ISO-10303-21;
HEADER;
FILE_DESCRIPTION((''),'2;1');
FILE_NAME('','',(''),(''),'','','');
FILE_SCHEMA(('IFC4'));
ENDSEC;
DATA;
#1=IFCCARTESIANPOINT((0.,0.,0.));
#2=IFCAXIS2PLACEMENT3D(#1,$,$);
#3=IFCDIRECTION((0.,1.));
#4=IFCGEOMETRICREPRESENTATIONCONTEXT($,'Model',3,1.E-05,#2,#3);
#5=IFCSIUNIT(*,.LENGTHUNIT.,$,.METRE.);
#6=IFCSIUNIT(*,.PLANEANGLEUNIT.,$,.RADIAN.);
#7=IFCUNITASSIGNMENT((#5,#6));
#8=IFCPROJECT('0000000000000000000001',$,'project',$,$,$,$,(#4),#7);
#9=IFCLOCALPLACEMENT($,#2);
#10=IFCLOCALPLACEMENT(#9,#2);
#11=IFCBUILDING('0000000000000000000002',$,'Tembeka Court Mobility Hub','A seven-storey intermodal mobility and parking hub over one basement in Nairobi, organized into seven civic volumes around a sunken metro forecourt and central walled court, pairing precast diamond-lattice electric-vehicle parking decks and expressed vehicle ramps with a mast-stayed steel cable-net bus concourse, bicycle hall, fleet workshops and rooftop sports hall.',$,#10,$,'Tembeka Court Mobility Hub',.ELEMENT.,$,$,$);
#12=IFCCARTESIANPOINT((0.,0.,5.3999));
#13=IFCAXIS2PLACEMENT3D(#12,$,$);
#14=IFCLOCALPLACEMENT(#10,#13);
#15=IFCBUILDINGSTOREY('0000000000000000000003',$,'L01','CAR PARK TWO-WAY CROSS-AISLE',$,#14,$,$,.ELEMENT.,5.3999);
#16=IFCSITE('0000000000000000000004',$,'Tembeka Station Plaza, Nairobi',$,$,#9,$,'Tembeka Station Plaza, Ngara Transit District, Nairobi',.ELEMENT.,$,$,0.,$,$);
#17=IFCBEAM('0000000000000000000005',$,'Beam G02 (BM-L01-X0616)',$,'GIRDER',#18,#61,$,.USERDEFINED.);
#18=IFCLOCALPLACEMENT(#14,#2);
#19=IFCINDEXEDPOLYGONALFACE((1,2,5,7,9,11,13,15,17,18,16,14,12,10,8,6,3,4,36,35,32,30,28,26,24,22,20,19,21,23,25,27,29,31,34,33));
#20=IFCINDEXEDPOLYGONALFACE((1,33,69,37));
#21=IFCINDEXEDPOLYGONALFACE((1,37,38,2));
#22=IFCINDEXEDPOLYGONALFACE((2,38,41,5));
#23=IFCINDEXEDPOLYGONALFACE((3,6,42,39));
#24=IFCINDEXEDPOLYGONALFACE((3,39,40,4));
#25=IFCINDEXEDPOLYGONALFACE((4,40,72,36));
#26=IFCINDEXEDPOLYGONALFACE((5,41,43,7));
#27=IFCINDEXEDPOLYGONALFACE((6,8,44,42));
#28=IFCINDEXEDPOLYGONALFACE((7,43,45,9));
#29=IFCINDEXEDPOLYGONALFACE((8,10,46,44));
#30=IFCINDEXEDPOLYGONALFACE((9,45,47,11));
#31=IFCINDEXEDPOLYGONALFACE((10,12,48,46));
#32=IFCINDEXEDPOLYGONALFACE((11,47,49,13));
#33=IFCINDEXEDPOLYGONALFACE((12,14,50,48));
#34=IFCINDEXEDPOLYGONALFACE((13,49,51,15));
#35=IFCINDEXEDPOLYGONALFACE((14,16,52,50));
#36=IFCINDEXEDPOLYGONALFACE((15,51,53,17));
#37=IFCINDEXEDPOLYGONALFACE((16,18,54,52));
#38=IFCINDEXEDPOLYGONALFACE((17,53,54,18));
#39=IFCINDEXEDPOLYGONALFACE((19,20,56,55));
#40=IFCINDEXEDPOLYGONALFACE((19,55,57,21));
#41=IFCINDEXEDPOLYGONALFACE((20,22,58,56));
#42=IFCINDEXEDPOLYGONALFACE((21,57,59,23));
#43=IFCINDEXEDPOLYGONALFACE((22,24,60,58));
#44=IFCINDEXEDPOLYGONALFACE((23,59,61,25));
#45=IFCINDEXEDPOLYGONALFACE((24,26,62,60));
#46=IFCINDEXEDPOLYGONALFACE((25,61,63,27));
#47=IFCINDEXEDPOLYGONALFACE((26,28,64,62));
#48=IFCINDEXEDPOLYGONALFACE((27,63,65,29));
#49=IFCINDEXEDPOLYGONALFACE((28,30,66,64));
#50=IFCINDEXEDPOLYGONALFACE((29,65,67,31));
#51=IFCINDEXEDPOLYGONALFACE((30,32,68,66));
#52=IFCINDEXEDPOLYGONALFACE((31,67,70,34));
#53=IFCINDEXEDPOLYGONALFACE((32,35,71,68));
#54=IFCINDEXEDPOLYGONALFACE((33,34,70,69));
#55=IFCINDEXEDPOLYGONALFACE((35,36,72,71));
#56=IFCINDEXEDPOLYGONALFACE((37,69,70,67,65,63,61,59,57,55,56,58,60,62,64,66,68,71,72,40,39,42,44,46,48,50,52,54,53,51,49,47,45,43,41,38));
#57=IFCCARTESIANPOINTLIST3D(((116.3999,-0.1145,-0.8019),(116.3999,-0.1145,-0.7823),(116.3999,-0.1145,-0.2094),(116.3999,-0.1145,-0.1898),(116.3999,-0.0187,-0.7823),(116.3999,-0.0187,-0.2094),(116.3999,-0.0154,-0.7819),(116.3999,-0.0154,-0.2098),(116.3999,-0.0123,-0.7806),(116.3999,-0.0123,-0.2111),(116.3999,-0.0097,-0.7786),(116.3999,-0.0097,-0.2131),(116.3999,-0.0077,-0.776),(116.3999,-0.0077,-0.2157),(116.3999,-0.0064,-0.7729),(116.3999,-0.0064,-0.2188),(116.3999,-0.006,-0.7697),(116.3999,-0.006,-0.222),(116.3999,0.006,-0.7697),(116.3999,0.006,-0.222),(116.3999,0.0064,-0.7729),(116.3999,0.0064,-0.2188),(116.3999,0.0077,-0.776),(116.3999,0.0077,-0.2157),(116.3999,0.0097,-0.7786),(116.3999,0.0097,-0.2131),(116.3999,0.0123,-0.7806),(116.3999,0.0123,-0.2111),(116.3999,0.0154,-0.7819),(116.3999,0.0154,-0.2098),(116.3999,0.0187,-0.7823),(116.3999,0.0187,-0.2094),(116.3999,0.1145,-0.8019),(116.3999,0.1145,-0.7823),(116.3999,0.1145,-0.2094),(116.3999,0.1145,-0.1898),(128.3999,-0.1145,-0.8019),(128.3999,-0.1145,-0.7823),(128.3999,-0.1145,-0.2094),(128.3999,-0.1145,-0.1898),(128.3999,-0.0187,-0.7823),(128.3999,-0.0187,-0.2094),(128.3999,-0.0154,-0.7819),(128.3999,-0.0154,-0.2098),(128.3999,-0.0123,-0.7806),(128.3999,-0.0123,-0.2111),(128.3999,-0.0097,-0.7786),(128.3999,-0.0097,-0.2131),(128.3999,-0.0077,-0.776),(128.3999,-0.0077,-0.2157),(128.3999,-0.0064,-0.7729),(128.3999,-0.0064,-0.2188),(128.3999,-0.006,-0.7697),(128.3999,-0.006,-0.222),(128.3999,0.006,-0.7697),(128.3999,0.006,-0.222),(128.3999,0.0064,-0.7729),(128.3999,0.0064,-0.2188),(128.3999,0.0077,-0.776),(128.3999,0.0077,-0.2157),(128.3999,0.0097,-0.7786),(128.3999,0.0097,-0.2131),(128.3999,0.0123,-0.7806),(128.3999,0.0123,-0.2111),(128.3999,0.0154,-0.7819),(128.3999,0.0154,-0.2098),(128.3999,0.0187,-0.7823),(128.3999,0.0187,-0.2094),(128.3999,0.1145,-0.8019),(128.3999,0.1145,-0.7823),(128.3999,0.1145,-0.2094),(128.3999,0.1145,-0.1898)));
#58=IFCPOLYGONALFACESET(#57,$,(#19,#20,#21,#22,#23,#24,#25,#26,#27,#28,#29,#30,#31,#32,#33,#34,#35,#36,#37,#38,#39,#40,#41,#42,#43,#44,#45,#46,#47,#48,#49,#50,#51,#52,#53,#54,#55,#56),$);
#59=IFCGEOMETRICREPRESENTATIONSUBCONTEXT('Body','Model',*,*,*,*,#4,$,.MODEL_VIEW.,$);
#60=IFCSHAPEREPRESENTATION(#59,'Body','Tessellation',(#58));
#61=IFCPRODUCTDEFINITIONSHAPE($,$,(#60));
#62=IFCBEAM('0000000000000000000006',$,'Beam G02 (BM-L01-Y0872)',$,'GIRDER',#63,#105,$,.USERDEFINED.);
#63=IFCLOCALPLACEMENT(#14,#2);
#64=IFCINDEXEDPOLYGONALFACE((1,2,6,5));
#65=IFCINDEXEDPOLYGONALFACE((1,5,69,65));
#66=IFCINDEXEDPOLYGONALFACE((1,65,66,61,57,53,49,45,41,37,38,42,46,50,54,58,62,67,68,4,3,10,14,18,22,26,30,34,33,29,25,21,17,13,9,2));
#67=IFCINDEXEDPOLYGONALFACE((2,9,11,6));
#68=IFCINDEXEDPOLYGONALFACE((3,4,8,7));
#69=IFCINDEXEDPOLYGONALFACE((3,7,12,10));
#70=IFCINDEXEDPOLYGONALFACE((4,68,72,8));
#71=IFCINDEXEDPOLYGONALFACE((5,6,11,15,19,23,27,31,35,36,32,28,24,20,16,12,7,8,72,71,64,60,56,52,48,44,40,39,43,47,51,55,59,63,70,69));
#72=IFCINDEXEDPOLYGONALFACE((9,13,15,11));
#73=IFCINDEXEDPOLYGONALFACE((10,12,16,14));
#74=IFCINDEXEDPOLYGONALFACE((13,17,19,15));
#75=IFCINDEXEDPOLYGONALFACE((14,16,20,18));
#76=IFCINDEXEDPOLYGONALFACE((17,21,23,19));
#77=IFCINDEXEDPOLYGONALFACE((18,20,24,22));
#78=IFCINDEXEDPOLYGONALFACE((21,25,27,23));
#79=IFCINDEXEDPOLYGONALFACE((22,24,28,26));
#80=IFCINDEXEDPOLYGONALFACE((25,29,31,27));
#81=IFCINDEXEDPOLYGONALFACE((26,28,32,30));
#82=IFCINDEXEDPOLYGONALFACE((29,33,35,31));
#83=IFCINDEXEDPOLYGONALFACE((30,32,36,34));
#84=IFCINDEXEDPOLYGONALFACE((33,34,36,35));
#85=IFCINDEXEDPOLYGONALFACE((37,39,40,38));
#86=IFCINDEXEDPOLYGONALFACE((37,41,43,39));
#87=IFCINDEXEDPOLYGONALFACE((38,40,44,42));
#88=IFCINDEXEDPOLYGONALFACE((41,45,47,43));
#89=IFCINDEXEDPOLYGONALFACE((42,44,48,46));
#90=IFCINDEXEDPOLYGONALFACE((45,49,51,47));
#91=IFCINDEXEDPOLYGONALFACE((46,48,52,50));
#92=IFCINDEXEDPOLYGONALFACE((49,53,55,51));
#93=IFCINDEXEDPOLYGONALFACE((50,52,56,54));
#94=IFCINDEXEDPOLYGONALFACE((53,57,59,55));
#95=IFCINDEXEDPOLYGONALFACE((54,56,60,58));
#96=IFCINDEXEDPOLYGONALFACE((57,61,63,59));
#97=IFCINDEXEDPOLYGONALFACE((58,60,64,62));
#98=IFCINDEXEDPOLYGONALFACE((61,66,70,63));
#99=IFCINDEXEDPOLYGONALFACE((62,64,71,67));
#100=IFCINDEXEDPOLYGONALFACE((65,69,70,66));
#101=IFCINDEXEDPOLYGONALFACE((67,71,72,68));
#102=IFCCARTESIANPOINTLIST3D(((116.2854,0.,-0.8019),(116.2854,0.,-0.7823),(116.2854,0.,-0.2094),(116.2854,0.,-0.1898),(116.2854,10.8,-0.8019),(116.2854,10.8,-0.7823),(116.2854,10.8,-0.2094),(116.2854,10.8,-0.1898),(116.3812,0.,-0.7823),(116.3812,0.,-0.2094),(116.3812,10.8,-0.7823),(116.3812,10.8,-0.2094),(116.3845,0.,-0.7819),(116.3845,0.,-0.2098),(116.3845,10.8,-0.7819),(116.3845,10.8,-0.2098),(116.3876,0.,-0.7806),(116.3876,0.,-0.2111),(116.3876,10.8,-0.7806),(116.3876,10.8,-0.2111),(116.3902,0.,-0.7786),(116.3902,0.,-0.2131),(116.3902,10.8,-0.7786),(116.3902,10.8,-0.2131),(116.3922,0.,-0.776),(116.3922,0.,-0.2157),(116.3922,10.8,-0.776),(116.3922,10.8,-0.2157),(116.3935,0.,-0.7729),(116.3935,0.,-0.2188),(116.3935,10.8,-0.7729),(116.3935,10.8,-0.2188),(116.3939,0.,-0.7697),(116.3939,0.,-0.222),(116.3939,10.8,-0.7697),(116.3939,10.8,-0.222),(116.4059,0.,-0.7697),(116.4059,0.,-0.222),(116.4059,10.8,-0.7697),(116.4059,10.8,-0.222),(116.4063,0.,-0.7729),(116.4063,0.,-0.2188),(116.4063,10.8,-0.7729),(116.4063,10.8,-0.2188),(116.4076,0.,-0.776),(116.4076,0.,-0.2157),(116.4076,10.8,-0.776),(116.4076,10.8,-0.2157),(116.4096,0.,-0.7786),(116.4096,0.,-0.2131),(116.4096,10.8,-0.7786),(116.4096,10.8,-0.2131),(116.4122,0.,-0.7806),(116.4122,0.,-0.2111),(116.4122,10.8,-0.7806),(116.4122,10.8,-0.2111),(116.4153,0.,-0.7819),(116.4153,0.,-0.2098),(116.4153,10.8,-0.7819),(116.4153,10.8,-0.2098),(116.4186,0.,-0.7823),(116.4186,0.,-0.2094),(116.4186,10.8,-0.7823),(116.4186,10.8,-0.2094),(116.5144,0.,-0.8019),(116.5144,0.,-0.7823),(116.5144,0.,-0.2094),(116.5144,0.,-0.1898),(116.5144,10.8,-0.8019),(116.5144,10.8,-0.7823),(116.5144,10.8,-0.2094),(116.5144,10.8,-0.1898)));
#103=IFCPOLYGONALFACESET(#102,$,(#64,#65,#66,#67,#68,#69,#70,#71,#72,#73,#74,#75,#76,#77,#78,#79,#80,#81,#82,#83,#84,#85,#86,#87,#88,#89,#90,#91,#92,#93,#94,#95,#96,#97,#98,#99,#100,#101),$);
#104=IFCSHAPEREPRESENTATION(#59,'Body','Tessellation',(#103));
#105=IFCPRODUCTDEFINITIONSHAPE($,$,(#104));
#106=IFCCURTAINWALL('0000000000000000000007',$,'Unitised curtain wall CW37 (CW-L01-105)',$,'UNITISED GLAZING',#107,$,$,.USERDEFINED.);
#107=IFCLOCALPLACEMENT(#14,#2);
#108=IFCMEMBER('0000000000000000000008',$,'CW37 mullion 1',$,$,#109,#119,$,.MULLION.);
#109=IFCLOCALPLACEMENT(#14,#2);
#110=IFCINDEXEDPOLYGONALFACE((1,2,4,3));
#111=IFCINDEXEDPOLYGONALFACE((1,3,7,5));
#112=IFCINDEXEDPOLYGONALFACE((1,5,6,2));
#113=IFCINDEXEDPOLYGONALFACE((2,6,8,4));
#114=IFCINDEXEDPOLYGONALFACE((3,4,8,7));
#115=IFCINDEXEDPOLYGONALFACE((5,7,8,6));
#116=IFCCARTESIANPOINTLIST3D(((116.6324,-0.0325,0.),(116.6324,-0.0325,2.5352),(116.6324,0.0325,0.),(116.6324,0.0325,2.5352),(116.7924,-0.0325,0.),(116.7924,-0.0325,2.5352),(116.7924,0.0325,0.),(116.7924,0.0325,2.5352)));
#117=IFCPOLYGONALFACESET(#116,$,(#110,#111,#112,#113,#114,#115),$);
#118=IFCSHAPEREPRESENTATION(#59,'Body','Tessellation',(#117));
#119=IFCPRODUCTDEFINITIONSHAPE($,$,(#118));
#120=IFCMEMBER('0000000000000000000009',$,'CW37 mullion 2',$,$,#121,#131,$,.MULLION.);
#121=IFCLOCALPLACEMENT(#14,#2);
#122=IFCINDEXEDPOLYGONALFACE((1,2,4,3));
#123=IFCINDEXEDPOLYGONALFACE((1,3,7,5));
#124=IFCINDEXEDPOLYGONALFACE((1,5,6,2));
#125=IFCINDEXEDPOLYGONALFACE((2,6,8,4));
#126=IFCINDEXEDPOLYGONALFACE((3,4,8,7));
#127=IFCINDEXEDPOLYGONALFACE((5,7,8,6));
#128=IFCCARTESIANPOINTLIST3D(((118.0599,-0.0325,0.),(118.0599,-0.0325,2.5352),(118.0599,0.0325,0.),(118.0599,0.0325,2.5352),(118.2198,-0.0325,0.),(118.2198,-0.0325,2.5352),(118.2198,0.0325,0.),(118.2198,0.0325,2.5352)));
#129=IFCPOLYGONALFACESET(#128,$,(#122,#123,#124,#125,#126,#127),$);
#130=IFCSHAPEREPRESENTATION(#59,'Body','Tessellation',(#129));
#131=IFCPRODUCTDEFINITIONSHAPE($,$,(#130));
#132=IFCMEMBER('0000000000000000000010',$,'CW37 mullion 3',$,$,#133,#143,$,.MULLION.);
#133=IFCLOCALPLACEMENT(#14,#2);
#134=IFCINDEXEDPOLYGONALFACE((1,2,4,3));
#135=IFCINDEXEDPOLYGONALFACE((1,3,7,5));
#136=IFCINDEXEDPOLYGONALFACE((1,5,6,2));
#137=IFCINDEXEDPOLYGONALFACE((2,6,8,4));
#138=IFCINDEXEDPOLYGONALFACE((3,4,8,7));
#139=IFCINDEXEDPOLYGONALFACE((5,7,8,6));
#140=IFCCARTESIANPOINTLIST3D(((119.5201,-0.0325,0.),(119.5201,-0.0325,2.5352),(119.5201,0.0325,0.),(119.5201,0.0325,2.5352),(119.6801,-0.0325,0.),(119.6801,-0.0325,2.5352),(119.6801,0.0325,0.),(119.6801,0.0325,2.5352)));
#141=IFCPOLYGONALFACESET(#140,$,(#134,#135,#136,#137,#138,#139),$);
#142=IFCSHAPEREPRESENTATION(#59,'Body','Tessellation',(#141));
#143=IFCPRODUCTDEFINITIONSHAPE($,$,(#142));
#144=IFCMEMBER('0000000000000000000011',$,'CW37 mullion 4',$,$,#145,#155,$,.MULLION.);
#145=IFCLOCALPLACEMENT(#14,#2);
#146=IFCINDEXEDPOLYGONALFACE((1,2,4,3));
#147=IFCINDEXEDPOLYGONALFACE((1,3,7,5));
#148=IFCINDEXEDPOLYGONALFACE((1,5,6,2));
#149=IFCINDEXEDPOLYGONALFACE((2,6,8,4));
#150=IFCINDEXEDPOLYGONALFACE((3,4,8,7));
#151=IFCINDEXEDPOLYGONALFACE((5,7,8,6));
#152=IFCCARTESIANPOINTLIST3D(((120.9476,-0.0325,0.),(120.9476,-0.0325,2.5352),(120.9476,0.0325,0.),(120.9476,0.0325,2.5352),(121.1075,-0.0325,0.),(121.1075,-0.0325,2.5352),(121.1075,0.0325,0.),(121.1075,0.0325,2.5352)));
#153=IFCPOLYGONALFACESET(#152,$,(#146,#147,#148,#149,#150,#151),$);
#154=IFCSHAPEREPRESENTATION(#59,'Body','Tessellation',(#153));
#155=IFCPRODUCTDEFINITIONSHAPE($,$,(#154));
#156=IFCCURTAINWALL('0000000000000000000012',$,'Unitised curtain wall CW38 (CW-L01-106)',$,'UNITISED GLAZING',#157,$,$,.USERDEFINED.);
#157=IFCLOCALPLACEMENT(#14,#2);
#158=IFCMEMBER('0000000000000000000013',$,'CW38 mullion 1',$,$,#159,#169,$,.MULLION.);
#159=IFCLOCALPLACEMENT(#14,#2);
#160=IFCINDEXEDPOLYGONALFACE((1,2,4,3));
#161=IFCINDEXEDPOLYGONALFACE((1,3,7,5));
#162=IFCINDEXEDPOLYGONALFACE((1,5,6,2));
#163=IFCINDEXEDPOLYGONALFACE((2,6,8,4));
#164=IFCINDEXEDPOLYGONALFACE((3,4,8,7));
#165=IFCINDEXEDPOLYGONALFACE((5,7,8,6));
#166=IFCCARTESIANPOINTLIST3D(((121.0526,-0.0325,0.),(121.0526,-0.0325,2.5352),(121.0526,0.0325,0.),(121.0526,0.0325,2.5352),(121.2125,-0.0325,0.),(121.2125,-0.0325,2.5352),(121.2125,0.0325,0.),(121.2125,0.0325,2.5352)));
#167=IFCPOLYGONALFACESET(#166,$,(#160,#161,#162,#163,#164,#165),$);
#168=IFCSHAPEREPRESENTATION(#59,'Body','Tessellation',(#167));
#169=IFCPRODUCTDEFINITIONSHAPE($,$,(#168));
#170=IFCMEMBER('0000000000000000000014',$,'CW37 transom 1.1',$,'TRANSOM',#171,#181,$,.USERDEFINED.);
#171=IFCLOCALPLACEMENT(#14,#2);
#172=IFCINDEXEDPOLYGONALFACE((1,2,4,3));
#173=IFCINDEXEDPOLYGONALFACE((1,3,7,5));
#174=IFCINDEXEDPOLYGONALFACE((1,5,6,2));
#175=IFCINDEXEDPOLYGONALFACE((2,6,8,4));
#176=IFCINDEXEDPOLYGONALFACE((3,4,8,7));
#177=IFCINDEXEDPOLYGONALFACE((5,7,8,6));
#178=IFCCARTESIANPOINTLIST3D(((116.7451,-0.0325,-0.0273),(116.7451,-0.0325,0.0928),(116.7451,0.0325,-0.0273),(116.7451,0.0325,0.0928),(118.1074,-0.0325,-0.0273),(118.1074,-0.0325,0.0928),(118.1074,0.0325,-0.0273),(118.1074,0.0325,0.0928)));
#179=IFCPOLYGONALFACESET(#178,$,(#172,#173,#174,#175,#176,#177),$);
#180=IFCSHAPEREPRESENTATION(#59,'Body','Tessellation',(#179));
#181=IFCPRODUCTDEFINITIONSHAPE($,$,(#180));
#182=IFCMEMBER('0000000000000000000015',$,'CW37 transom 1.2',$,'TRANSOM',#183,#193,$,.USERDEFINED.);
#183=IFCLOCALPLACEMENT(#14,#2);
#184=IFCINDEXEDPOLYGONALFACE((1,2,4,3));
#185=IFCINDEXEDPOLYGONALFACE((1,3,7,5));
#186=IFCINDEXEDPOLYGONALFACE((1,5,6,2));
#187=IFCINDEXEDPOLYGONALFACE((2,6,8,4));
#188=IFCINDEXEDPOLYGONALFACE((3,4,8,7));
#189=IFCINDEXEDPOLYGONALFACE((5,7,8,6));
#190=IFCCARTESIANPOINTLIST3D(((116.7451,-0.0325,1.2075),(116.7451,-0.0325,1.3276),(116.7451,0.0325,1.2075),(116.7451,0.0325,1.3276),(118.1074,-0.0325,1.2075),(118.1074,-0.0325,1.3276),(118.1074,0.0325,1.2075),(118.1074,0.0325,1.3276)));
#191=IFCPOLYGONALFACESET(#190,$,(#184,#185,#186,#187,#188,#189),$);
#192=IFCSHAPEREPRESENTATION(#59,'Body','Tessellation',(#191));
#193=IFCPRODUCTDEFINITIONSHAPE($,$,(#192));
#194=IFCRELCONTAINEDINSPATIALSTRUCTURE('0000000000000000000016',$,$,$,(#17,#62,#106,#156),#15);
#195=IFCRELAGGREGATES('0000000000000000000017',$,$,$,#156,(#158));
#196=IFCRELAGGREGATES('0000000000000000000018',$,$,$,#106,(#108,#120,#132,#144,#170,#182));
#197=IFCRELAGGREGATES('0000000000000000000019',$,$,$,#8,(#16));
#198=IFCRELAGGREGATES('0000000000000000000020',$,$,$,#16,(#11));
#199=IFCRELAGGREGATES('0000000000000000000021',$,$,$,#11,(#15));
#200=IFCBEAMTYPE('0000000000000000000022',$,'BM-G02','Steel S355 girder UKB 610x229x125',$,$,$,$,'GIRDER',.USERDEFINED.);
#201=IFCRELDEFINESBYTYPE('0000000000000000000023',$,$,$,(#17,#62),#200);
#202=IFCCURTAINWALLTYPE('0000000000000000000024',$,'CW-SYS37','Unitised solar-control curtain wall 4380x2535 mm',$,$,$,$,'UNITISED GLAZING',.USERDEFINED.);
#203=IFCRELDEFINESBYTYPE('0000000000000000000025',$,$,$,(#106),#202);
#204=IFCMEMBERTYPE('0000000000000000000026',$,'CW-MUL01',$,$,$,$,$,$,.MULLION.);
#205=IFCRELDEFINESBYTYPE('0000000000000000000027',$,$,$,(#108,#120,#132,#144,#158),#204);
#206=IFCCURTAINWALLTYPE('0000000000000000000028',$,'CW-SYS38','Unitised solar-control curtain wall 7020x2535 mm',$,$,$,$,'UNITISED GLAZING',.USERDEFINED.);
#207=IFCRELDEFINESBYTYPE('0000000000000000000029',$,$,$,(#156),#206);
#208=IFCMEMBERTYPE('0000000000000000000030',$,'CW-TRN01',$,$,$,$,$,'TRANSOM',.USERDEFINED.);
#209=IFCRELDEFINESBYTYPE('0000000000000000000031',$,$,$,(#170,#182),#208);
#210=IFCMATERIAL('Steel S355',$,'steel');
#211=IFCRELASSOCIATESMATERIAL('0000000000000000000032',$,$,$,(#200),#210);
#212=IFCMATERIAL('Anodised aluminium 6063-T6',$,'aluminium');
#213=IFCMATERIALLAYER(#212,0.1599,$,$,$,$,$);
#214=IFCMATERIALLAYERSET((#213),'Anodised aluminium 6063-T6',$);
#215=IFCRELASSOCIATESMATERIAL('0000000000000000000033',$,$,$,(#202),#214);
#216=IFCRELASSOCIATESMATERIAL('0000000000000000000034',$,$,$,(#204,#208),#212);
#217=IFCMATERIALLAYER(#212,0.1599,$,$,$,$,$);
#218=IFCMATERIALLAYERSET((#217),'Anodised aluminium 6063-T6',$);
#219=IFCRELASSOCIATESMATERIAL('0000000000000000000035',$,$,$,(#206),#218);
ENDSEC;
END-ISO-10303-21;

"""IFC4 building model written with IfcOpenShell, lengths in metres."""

from ifc_helpers import new_model, si_unit, direction, frame, origin, origin_2d, place, context, subcontext, project, spatial, rectangle, i_section, extrude, material, layer, layer_set, material_profile, profile_set, type_object, element, aggregate, save


model = new_model("IFC4")

# Units and contexts
model_context = context("Model", 3, precision=1e-05, world=origin(), true_north=direction((0.0, 1.0)))
body_context = subcontext(model_context, "Body", "Model", "MODEL_VIEW")
ifc_project = project(units=[si_unit("LENGTHUNIT", "METRE"), si_unit("PLANEANGLEUNIT", "RADIAN")], contexts=[model_context])

# Site, building, storey
site_placement = place(None, origin())
site = spatial("IfcSite", under=ifc_project, at=site_placement, Name="Tembeka Station Plaza, Nairobi", LongName="Tembeka Station Plaza, Ngara Transit District, Nairobi", CompositionType="ELEMENT", RefElevation=0.0)
building_placement = place(site_placement, origin())
building = spatial("IfcBuilding", under=site, at=building_placement, Name="Tembeka Court Mobility Hub", Description="A seven-storey intermodal mobility and parking hub over one basement in Nairobi, organized into seven civic volumes around a sunken metro forecourt and central walled court, pairing precast diamond-lattice electric-vehicle parking decks and expressed vehicle ramps with a mast-stayed steel cable-net bus concourse, bicycle hall, fleet workshops and rooftop sports hall.", LongName="Tembeka Court Mobility Hub", CompositionType="ELEMENT")
storey_placement = place(building_placement, frame((0.0, 0.0, 5.3999)))
storey = spatial("IfcBuildingStorey", under=building, at=storey_placement, Name="L01", Description="CAR PARK TWO-WAY CROSS-AISLE", CompositionType="ELEMENT", Elevation=5.3999)

# Beams
ifc_material_1 = material(Name="Steel S355", Category="steel")
ifc_material_profile_1 = material_profile(ifc_material_1, i_section(OverallWidth=0.229, OverallDepth=0.6121, WebThickness=0.012, FlangeThickness=0.0195, FilletRadius=0.0127, at=origin_2d()), Name="UKB 610x229x125")
ifc_profile_set_1 = profile_set([ifc_material_profile_1], Name="Steel S355")
beam_type = type_object("IfcBeamType", Name="BM-G02", Description="Steel S355 girder UKB 610x229x125", ElementType="GIRDER", PredefinedType="USERDEFINED", material=ifc_profile_set_1)
beam_1_placement = place(storey_placement, frame((116.3999, 0.0, -0.4958), z_axis=(1.0, 0.0, 0.0), x_axis=(0.0, 1.0, 0.0)))
element("IfcBeam", 1, at=beam_1_placement, inside=storey, type_object=beam_type, Name="Beam G02 (BM-L01-X0616)", ObjectType="GIRDER", PredefinedType="USERDEFINED", context=body_context, shape_type="SweptSolid", body=[
    extrude(i_section(OverallWidth=0.229, OverallDepth=0.6121, WebThickness=0.012, FlangeThickness=0.0195, FilletRadius=0.0127, at=origin_2d()), origin(), (0.0, 0.0, 1.0), 12.0),
])
beam_2_placement = place(storey_placement, frame((116.3999, 0.0, -0.4958), z_axis=(0.0, 1.0, 0.0), x_axis=(-1.0, 0.0, 0.0)))
element("IfcBeam", 2, at=beam_2_placement, inside=storey, type_object=beam_type, Name="Beam G02 (BM-L01-Y0872)", ObjectType="GIRDER", PredefinedType="USERDEFINED", context=body_context, shape_type="SweptSolid", body=[
    extrude(i_section(OverallWidth=0.229, OverallDepth=0.6121, WebThickness=0.012, FlangeThickness=0.0195, FilletRadius=0.0127, at=origin_2d()), origin(), (0.0, 0.0, 1.0), 10.8),
])

# Curtain wall, members
ifc_material_2 = material(Name="Anodised aluminium 6063-T6", Category="aluminium")
ifc_layer_1 = layer(ifc_material_2, 0.1599)
ifc_layer_set_1 = layer_set([ifc_layer_1], Name="Anodised aluminium 6063-T6")
curtain_wall_type_1 = type_object("IfcCurtainWallType", Name="CW-SYS37", Description="Unitised solar-control curtain wall 4380x2535 mm", ElementType="UNITISED GLAZING", PredefinedType="USERDEFINED", material=ifc_layer_set_1)
curtain_wall_1_placement = place(storey_placement, origin())
curtain_wall_1 = element("IfcCurtainWall", 3, at=curtain_wall_1_placement, inside=storey, type_object=curtain_wall_type_1, Name="Unitised curtain wall CW37 (CW-L01-105)", ObjectType="UNITISED GLAZING", PredefinedType="USERDEFINED")
ifc_material_profile_2 = material_profile(ifc_material_2, rectangle(XDim=0.0649, YDim=0.1599, at=origin_2d()), Name="ALU-MUL 65x160")
ifc_profile_set_2 = profile_set([ifc_material_profile_2], Name="Anodised aluminium 6063-T6")
member_type_1 = type_object("IfcMemberType", Name="CW-MUL01", PredefinedType="MULLION", material=ifc_profile_set_2)
member_1_placement = place(storey_placement, frame((116.7124, 0.0, 0.0), z_axis=(0.0, 0.0, 1.0), x_axis=(0.0, 1.0, 0.0)))
member_1 = element("IfcMember", 4, at=member_1_placement, type_object=member_type_1, Name="CW37 mullion 1", PredefinedType="MULLION", context=body_context, shape_type="SweptSolid", body=[
    extrude(rectangle(XDim=0.0649, YDim=0.1599, at=origin_2d()), origin(), (0.0, 0.0, 1.0), 2.5352),
])
member_2_placement = place(storey_placement, frame((118.1399, 0.0, 0.0), z_axis=(0.0, 0.0, 1.0), x_axis=(0.0, 1.0, 0.0)))
member_2 = element("IfcMember", 5, at=member_2_placement, type_object=member_type_1, Name="CW37 mullion 2", PredefinedType="MULLION", context=body_context, shape_type="SweptSolid", body=[
    extrude(rectangle(XDim=0.0649, YDim=0.1599, at=origin_2d()), origin(), (0.0, 0.0, 1.0), 2.5352),
])
member_3_placement = place(storey_placement, frame((119.6001, 0.0, 0.0), z_axis=(0.0, 0.0, 1.0), x_axis=(0.0, 1.0, 0.0)))
member_3 = element("IfcMember", 6, at=member_3_placement, type_object=member_type_1, Name="CW37 mullion 3", PredefinedType="MULLION", context=body_context, shape_type="SweptSolid", body=[
    extrude(rectangle(XDim=0.0649, YDim=0.1599, at=origin_2d()), origin(), (0.0, 0.0, 1.0), 2.5352),
])
member_4_placement = place(storey_placement, frame((121.0276, 0.0, 0.0), z_axis=(0.0, 0.0, 1.0), x_axis=(0.0, 1.0, 0.0)))
member_4 = element("IfcMember", 7, at=member_4_placement, type_object=member_type_1, Name="CW37 mullion 4", PredefinedType="MULLION", context=body_context, shape_type="SweptSolid", body=[
    extrude(rectangle(XDim=0.0649, YDim=0.1599, at=origin_2d()), origin(), (0.0, 0.0, 1.0), 2.5352),
])

# Curtain wall, member
ifc_layer_2 = layer(ifc_material_2, 0.1599)
ifc_layer_set_2 = layer_set([ifc_layer_2], Name="Anodised aluminium 6063-T6")
curtain_wall_type_2 = type_object("IfcCurtainWallType", Name="CW-SYS38", Description="Unitised solar-control curtain wall 7020x2535 mm", ElementType="UNITISED GLAZING", PredefinedType="USERDEFINED", material=ifc_layer_set_2)
curtain_wall_2_placement = place(storey_placement, origin())
curtain_wall_2 = element("IfcCurtainWall", 8, at=curtain_wall_2_placement, inside=storey, type_object=curtain_wall_type_2, Name="Unitised curtain wall CW38 (CW-L01-106)", ObjectType="UNITISED GLAZING", PredefinedType="USERDEFINED")
member_5_placement = place(storey_placement, frame((121.1326, 0.0, 0.0), z_axis=(0.0, 0.0, 1.0), x_axis=(0.0, 1.0, 0.0)))
member_5 = element("IfcMember", 9, at=member_5_placement, type_object=member_type_1, Name="CW38 mullion 1", PredefinedType="MULLION", context=body_context, shape_type="SweptSolid", body=[
    extrude(rectangle(XDim=0.0649, YDim=0.1599, at=origin_2d()), origin(), (0.0, 0.0, 1.0), 2.5352),
])

# Members
ifc_material_profile_3 = material_profile(ifc_material_2, rectangle(XDim=0.0649, YDim=0.1201, at=origin_2d()), Name="ALU-TRN 65x120")
ifc_profile_set_3 = profile_set([ifc_material_profile_3], Name="Anodised aluminium 6063-T6")
member_type_2 = type_object("IfcMemberType", Name="CW-TRN01", ElementType="TRANSOM", PredefinedType="USERDEFINED", material=ifc_profile_set_3)
member_6_placement = place(storey_placement, frame((116.7451, 0.0, 0.0327), z_axis=(1.0, 0.0, 0.0), x_axis=(0.0, 1.0, 0.0)))
member_6 = element("IfcMember", 10, at=member_6_placement, type_object=member_type_2, Name="CW37 transom 1.1", ObjectType="TRANSOM", PredefinedType="USERDEFINED", context=body_context, shape_type="SweptSolid", body=[
    extrude(rectangle(XDim=0.0649, YDim=0.1201, at=origin_2d()), origin(), (0.0, 0.0, 1.0), 1.3623),
])
member_7_placement = place(storey_placement, frame((116.7451, 0.0, 1.2676), z_axis=(1.0, 0.0, 0.0), x_axis=(0.0, 1.0, 0.0)))
member_7 = element("IfcMember", 11, at=member_7_placement, type_object=member_type_2, Name="CW37 transom 1.2", ObjectType="TRANSOM", PredefinedType="USERDEFINED", context=body_context, shape_type="SweptSolid", body=[
    extrude(rectangle(XDim=0.0649, YDim=0.1201, at=origin_2d()), origin(), (0.0, 0.0, 1.0), 1.3623),
])
aggregate(curtain_wall_2, [member_5])

aggregate(curtain_wall_1, [member_1, member_2, member_3, member_4, member_6, member_7])

save(model, "model.ifc")
